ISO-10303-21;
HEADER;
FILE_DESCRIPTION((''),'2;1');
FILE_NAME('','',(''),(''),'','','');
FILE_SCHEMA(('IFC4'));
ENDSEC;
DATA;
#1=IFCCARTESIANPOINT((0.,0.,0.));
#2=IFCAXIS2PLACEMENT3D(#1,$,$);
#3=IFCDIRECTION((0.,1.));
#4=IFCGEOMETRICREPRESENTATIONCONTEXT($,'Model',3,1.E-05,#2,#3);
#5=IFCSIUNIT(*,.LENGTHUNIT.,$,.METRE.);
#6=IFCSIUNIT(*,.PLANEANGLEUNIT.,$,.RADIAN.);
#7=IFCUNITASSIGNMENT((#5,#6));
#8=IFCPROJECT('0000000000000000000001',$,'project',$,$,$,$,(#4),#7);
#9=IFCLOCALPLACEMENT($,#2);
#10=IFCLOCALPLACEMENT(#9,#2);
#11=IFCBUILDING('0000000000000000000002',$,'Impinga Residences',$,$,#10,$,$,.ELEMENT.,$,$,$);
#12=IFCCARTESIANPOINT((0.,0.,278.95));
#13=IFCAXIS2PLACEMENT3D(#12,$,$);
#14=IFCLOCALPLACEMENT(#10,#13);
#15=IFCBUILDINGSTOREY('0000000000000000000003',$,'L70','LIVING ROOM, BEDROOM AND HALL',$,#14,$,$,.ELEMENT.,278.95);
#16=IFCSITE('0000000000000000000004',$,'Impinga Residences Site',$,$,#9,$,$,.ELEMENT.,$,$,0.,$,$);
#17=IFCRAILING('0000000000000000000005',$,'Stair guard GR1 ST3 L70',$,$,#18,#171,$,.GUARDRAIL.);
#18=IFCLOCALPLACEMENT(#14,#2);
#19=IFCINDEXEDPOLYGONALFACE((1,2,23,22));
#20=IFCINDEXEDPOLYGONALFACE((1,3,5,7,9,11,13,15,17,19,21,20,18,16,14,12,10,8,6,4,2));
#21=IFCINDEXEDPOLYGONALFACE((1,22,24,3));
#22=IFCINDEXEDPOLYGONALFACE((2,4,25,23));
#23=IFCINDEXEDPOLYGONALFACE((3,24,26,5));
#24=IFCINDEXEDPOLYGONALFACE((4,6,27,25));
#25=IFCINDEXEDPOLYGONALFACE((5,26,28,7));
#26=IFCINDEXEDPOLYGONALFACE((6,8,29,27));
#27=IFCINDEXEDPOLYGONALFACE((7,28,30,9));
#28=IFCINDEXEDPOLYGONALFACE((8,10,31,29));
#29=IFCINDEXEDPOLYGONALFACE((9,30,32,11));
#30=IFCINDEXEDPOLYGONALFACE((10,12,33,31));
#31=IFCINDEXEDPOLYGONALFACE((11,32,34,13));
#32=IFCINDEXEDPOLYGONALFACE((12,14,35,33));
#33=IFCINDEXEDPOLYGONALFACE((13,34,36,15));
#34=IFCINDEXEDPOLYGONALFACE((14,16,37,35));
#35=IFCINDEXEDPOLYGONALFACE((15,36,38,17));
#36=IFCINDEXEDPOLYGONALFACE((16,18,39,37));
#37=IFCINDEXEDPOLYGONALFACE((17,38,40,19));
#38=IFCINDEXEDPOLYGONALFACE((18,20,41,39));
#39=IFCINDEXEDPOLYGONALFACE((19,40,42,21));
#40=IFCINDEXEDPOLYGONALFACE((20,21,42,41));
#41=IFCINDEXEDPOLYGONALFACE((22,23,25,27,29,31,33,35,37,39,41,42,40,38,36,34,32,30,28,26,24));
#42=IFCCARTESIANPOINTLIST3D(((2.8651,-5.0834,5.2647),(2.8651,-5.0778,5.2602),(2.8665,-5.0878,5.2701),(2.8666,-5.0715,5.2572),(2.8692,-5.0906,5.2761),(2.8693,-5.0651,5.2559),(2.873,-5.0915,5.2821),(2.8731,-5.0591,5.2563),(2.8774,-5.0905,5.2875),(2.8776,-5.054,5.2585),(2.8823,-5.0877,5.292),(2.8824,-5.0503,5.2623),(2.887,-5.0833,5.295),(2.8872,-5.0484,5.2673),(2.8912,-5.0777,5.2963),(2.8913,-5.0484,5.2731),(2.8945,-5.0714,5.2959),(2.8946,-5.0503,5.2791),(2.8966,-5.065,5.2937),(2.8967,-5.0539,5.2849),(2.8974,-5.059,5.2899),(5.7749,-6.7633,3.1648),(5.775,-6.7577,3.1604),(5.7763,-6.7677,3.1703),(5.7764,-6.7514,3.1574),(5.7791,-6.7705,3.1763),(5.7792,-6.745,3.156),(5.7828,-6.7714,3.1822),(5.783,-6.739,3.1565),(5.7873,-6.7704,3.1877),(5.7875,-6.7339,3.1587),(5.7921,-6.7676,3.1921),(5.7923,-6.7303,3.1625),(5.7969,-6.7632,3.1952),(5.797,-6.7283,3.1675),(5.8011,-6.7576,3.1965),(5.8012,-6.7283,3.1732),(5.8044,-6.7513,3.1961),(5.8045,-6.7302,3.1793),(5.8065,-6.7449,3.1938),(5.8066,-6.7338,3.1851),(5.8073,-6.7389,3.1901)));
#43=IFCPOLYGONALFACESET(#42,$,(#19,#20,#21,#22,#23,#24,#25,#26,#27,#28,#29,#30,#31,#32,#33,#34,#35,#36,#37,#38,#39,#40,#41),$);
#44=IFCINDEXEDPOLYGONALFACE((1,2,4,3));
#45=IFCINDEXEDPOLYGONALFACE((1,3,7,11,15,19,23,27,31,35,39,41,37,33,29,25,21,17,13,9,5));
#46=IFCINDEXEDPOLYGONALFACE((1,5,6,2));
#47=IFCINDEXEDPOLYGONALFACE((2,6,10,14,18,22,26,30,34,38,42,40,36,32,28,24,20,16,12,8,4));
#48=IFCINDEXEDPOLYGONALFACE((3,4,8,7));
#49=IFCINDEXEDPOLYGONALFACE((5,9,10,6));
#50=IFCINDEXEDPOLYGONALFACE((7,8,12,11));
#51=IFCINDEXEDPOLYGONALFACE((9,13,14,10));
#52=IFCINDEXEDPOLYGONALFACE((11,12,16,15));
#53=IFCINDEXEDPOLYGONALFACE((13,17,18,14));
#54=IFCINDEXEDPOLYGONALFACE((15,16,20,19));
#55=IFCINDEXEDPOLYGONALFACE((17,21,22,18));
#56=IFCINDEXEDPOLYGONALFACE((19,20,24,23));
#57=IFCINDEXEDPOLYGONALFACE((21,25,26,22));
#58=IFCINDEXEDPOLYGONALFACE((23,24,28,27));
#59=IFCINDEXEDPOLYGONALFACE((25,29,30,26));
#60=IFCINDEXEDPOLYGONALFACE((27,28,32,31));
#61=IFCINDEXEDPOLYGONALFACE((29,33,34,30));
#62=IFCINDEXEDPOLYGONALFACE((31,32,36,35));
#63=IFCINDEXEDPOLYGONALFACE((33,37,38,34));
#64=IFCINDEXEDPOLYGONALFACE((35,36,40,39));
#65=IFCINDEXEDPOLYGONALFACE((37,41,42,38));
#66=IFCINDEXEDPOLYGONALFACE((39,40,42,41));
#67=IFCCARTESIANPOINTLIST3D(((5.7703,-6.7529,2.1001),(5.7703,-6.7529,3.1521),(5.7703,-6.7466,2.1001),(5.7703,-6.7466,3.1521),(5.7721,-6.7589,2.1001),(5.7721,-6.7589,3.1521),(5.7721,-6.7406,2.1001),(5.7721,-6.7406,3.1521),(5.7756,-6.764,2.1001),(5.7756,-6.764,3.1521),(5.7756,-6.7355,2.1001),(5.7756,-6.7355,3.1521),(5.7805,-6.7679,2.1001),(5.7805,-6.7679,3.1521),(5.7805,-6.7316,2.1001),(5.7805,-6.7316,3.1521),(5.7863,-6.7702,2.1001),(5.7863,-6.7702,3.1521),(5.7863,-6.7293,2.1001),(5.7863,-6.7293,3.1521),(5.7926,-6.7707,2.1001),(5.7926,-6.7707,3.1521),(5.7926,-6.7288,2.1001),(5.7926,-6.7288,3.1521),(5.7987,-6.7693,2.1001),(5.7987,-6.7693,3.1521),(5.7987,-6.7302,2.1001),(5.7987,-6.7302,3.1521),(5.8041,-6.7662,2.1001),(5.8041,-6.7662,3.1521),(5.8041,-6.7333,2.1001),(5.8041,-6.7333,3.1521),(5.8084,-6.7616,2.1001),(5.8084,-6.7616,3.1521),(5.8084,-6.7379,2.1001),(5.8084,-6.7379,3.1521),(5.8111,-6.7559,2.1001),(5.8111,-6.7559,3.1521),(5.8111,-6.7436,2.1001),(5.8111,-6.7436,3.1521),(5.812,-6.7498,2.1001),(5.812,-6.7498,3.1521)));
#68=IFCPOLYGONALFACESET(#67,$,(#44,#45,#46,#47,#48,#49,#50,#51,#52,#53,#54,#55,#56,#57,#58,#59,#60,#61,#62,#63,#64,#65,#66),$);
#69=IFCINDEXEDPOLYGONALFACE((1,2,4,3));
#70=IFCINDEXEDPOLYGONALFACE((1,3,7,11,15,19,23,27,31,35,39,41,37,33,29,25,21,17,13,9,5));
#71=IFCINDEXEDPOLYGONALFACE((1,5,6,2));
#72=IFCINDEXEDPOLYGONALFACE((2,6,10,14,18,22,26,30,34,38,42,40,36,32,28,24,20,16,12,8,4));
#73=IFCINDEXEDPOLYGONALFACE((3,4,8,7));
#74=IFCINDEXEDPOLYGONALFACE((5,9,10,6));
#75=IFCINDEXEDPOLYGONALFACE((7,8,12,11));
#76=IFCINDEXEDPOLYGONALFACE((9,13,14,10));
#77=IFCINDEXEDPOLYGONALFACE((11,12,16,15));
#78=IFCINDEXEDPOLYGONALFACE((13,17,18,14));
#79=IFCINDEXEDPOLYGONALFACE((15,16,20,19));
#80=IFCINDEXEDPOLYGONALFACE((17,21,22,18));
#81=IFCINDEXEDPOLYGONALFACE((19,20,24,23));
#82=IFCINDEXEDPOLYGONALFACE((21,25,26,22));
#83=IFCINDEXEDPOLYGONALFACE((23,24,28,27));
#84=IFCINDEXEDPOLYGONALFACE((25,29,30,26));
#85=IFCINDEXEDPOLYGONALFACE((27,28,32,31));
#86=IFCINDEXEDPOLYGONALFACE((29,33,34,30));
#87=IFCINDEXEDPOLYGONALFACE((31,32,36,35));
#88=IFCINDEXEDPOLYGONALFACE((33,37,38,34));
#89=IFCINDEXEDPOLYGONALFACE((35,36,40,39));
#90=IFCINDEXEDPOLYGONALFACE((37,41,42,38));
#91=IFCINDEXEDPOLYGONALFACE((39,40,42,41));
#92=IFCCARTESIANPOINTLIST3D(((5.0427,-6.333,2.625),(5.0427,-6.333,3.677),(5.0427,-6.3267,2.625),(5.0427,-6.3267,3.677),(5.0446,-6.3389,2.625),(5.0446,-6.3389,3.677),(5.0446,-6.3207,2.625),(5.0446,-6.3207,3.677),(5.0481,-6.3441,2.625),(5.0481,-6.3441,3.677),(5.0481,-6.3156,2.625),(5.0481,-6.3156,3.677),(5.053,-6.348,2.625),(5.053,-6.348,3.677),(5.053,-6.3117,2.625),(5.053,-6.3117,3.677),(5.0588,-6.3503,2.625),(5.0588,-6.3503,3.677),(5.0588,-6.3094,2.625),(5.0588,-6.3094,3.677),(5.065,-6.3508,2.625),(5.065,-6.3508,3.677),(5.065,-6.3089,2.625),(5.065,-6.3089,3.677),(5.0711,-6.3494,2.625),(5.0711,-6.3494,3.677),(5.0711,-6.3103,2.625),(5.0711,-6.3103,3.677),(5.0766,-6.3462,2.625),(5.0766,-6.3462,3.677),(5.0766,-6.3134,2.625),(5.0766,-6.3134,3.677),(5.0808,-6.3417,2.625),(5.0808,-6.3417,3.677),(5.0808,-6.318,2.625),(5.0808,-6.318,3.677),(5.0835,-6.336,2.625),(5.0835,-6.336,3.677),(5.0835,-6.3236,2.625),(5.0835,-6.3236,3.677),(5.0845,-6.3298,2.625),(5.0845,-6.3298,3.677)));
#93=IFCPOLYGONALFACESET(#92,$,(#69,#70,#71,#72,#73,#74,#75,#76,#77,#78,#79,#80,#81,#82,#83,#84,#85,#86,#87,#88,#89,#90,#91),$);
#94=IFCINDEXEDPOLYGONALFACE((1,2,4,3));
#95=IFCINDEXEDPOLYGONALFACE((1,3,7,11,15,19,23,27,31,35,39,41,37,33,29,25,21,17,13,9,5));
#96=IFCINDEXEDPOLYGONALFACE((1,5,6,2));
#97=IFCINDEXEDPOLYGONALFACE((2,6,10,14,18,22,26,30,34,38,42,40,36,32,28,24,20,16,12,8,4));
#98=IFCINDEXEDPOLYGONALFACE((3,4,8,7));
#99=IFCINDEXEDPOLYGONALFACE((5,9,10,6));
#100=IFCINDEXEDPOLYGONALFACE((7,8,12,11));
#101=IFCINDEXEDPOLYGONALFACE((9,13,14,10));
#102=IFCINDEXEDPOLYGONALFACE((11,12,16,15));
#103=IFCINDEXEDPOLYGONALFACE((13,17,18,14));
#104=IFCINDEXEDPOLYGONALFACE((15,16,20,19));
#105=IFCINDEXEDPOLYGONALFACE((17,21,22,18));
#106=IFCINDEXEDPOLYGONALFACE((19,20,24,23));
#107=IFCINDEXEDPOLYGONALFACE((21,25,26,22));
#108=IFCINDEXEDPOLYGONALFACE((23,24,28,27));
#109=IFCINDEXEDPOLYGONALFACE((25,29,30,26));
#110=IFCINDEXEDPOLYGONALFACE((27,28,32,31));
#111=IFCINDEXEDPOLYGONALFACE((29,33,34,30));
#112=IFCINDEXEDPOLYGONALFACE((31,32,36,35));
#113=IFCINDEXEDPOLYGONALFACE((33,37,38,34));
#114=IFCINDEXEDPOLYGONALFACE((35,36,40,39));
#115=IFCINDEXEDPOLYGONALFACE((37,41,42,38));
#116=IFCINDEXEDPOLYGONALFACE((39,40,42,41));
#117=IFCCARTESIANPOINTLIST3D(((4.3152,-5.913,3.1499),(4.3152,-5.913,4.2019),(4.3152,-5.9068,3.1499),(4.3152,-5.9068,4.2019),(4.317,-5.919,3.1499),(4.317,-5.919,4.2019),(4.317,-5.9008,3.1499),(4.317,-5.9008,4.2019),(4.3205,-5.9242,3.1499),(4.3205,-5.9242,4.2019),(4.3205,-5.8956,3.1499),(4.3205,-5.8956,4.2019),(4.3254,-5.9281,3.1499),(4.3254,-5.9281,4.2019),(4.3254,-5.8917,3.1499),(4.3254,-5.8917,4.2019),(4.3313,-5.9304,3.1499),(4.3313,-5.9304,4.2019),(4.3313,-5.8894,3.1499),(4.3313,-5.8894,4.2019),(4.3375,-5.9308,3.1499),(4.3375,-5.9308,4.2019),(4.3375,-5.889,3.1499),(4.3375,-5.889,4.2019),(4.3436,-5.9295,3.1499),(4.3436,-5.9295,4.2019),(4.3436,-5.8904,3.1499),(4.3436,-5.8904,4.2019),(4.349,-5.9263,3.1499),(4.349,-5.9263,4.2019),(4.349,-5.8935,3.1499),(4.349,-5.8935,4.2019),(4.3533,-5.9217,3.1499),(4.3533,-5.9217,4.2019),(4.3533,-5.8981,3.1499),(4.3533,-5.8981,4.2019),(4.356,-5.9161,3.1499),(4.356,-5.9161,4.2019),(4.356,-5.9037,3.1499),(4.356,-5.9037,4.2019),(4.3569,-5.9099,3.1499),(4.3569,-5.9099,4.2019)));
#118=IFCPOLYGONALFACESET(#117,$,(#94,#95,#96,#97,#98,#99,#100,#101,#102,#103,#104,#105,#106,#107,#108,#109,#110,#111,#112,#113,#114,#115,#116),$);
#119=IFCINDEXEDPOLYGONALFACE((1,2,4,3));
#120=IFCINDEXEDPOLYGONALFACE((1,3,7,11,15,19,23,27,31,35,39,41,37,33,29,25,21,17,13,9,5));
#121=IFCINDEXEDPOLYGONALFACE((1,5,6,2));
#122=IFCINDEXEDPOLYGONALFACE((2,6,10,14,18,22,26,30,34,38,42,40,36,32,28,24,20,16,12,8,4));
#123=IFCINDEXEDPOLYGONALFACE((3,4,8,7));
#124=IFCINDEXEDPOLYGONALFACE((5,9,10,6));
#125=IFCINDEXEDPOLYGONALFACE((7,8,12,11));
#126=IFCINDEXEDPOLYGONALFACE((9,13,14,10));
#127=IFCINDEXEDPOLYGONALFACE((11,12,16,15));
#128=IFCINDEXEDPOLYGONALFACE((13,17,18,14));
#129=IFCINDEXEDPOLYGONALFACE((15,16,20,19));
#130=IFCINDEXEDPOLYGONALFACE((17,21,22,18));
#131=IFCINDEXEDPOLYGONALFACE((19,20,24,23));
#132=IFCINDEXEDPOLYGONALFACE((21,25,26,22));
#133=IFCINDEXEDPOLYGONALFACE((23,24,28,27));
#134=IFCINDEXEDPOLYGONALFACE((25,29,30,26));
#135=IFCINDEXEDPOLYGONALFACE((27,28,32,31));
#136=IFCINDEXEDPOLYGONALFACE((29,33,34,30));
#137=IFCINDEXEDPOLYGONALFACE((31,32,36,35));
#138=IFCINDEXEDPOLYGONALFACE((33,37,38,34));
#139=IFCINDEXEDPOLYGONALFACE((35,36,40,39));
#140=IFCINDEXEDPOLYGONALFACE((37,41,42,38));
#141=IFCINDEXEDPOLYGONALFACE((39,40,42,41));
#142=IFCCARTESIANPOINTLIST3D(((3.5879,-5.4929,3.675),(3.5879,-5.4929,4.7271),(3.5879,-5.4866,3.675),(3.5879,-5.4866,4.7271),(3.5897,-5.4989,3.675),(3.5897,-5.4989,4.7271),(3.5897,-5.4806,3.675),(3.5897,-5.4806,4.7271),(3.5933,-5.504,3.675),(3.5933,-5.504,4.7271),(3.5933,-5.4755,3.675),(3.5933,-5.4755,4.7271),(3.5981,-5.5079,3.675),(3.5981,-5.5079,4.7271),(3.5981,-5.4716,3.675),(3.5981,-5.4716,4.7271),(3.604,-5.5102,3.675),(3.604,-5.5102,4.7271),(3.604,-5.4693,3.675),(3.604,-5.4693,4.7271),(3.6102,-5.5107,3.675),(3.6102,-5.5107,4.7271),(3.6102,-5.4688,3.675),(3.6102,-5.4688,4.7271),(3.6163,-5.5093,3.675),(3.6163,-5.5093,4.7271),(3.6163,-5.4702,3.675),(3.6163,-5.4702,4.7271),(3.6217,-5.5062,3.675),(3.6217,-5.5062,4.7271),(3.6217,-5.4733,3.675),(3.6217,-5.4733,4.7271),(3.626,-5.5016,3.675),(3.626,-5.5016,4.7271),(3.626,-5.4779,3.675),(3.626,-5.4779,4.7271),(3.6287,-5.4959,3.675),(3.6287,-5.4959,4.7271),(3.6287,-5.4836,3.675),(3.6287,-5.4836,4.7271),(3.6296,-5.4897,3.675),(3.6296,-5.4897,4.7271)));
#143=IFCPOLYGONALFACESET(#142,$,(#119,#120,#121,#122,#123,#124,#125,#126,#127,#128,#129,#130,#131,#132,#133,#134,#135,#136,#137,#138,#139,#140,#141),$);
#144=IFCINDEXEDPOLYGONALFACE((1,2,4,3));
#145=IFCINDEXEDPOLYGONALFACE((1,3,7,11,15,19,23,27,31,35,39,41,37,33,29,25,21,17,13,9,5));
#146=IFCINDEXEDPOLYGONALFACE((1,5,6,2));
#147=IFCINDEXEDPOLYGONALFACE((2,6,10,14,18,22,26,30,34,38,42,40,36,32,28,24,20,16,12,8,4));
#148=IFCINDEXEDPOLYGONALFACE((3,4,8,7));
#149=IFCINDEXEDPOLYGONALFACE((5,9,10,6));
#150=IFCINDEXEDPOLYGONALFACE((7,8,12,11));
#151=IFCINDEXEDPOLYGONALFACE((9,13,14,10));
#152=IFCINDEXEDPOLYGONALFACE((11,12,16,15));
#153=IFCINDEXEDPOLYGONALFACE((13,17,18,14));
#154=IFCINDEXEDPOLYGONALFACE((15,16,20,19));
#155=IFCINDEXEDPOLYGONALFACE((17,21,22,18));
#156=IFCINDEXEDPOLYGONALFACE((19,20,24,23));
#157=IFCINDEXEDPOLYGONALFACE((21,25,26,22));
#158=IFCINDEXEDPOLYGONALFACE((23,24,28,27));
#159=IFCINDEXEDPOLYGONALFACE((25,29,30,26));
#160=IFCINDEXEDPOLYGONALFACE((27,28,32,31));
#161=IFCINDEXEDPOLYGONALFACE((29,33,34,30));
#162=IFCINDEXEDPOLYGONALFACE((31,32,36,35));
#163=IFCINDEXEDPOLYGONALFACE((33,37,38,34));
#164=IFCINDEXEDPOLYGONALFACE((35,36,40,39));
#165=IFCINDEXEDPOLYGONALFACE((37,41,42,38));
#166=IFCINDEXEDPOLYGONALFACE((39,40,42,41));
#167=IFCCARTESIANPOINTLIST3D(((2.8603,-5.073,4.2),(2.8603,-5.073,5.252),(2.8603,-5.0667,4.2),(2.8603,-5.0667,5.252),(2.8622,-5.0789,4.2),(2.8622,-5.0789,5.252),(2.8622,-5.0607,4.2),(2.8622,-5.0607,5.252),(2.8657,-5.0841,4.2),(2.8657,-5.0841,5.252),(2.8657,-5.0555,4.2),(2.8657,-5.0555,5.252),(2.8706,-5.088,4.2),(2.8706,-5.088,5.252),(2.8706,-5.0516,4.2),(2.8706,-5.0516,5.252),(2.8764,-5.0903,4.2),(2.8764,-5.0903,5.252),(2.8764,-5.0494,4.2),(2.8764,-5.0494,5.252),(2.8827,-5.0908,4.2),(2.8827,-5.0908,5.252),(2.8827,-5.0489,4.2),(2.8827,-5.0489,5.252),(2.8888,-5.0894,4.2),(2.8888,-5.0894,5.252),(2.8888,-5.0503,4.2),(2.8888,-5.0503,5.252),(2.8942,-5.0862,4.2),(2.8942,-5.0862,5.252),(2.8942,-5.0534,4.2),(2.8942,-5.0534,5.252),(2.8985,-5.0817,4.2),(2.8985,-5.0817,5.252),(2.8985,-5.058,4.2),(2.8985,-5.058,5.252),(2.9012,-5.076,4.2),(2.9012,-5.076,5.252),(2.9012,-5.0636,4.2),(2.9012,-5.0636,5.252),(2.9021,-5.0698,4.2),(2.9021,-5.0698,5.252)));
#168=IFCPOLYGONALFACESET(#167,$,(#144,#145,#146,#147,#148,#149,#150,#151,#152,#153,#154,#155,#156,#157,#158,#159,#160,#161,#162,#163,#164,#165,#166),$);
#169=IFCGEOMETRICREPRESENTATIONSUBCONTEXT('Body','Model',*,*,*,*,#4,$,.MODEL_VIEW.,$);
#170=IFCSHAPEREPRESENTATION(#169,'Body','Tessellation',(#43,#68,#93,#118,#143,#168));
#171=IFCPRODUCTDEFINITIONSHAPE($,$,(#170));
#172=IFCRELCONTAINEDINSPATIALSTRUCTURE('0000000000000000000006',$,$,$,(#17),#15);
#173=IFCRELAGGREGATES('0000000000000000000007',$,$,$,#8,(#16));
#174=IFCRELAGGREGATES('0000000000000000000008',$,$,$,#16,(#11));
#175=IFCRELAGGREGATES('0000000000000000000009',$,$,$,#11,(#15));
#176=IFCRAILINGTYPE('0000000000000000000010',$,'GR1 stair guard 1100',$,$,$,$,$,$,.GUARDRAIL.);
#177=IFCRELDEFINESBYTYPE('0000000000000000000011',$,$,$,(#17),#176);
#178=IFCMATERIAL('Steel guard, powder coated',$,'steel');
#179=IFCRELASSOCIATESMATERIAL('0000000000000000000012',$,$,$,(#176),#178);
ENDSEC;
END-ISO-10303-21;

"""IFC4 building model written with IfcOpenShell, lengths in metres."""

from ifc_helpers import new_model, si_unit, direction, frame, origin, origin_2d, place, context, subcontext, project, spatial, circle, extrude, material, type_object, element, save


model = new_model("IFC4")

# Units and contexts
model_context = context("Model", 3, precision=1e-05, world=origin(), true_north=direction((0.0, 1.0)))
body_context = subcontext(model_context, "Body", "Model", "MODEL_VIEW")
ifc_project = project(units=[si_unit("LENGTHUNIT", "METRE"), si_unit("PLANEANGLEUNIT", "RADIAN")], contexts=[model_context])

# Site, building, storey
site_placement = place(None, origin())
site = spatial("IfcSite", under=ifc_project, at=site_placement, Name="Impinga Residences Site", CompositionType="ELEMENT", RefElevation=0.0)
building_placement = place(site_placement, origin())
building = spatial("IfcBuilding", under=site, at=building_placement, Name="Impinga Residences", CompositionType="ELEMENT")
storey_placement = place(building_placement, frame((0.0, 0.0, 278.95)))
storey = spatial("IfcBuildingStorey", under=building, at=storey_placement, Name="L70", Description="LIVING ROOM, BEDROOM AND HALL", CompositionType="ELEMENT", Elevation=278.95)

# Railing
ifc_material_1 = material(Name="Steel guard, powder coated", Category="steel")
railing_type_1 = type_object("IfcRailingType", Name="GR1 stair guard 1100", PredefinedType="GUARDRAIL", material=ifc_material_1)
railing_1_placement = place(storey_placement, frame((5.791, -6.7498, 2.1001)))
element("IfcRailing", 1, at=railing_1_placement, inside=storey, type_object=railing_type_1, Name="Stair guard GR1 ST3 L70", PredefinedType="GUARDRAIL", context=body_context, shape_type="SweptSolid", body=[
    extrude(circle(Radius=0.0239, at=origin_2d()), frame((0.0, 0.0, 1.0762), z_axis=(-0.734416, 0.423988, 0.52997), x_axis=(-0.499976, -0.866039, 0.0)), (0.0, 0.0, 1.0), 3.9622),
    extrude(circle(Radius=0.021, at=origin_2d()), origin(), (0.0, 0.0, 1.0), 1.052),
    extrude(circle(Radius=0.021, at=origin_2d()), frame((-0.7275, 0.4199, 0.5249)), (0.0, 0.0, 1.0), 1.052),
    extrude(circle(Radius=0.021, at=origin_2d()), frame((-1.4551, 0.8398, 1.0498)), (0.0, 0.0, 1.0), 1.052),
    extrude(circle(Radius=0.021, at=origin_2d()), frame((-2.1824, 1.26, 1.575)), (0.0, 0.0, 1.0), 1.052),
    extrude(circle(Radius=0.021, at=origin_2d()), frame((-2.9099, 1.6799, 2.0999)), (0.0, 0.0, 1.0), 1.052),
])

save(model, "model.ifc")
